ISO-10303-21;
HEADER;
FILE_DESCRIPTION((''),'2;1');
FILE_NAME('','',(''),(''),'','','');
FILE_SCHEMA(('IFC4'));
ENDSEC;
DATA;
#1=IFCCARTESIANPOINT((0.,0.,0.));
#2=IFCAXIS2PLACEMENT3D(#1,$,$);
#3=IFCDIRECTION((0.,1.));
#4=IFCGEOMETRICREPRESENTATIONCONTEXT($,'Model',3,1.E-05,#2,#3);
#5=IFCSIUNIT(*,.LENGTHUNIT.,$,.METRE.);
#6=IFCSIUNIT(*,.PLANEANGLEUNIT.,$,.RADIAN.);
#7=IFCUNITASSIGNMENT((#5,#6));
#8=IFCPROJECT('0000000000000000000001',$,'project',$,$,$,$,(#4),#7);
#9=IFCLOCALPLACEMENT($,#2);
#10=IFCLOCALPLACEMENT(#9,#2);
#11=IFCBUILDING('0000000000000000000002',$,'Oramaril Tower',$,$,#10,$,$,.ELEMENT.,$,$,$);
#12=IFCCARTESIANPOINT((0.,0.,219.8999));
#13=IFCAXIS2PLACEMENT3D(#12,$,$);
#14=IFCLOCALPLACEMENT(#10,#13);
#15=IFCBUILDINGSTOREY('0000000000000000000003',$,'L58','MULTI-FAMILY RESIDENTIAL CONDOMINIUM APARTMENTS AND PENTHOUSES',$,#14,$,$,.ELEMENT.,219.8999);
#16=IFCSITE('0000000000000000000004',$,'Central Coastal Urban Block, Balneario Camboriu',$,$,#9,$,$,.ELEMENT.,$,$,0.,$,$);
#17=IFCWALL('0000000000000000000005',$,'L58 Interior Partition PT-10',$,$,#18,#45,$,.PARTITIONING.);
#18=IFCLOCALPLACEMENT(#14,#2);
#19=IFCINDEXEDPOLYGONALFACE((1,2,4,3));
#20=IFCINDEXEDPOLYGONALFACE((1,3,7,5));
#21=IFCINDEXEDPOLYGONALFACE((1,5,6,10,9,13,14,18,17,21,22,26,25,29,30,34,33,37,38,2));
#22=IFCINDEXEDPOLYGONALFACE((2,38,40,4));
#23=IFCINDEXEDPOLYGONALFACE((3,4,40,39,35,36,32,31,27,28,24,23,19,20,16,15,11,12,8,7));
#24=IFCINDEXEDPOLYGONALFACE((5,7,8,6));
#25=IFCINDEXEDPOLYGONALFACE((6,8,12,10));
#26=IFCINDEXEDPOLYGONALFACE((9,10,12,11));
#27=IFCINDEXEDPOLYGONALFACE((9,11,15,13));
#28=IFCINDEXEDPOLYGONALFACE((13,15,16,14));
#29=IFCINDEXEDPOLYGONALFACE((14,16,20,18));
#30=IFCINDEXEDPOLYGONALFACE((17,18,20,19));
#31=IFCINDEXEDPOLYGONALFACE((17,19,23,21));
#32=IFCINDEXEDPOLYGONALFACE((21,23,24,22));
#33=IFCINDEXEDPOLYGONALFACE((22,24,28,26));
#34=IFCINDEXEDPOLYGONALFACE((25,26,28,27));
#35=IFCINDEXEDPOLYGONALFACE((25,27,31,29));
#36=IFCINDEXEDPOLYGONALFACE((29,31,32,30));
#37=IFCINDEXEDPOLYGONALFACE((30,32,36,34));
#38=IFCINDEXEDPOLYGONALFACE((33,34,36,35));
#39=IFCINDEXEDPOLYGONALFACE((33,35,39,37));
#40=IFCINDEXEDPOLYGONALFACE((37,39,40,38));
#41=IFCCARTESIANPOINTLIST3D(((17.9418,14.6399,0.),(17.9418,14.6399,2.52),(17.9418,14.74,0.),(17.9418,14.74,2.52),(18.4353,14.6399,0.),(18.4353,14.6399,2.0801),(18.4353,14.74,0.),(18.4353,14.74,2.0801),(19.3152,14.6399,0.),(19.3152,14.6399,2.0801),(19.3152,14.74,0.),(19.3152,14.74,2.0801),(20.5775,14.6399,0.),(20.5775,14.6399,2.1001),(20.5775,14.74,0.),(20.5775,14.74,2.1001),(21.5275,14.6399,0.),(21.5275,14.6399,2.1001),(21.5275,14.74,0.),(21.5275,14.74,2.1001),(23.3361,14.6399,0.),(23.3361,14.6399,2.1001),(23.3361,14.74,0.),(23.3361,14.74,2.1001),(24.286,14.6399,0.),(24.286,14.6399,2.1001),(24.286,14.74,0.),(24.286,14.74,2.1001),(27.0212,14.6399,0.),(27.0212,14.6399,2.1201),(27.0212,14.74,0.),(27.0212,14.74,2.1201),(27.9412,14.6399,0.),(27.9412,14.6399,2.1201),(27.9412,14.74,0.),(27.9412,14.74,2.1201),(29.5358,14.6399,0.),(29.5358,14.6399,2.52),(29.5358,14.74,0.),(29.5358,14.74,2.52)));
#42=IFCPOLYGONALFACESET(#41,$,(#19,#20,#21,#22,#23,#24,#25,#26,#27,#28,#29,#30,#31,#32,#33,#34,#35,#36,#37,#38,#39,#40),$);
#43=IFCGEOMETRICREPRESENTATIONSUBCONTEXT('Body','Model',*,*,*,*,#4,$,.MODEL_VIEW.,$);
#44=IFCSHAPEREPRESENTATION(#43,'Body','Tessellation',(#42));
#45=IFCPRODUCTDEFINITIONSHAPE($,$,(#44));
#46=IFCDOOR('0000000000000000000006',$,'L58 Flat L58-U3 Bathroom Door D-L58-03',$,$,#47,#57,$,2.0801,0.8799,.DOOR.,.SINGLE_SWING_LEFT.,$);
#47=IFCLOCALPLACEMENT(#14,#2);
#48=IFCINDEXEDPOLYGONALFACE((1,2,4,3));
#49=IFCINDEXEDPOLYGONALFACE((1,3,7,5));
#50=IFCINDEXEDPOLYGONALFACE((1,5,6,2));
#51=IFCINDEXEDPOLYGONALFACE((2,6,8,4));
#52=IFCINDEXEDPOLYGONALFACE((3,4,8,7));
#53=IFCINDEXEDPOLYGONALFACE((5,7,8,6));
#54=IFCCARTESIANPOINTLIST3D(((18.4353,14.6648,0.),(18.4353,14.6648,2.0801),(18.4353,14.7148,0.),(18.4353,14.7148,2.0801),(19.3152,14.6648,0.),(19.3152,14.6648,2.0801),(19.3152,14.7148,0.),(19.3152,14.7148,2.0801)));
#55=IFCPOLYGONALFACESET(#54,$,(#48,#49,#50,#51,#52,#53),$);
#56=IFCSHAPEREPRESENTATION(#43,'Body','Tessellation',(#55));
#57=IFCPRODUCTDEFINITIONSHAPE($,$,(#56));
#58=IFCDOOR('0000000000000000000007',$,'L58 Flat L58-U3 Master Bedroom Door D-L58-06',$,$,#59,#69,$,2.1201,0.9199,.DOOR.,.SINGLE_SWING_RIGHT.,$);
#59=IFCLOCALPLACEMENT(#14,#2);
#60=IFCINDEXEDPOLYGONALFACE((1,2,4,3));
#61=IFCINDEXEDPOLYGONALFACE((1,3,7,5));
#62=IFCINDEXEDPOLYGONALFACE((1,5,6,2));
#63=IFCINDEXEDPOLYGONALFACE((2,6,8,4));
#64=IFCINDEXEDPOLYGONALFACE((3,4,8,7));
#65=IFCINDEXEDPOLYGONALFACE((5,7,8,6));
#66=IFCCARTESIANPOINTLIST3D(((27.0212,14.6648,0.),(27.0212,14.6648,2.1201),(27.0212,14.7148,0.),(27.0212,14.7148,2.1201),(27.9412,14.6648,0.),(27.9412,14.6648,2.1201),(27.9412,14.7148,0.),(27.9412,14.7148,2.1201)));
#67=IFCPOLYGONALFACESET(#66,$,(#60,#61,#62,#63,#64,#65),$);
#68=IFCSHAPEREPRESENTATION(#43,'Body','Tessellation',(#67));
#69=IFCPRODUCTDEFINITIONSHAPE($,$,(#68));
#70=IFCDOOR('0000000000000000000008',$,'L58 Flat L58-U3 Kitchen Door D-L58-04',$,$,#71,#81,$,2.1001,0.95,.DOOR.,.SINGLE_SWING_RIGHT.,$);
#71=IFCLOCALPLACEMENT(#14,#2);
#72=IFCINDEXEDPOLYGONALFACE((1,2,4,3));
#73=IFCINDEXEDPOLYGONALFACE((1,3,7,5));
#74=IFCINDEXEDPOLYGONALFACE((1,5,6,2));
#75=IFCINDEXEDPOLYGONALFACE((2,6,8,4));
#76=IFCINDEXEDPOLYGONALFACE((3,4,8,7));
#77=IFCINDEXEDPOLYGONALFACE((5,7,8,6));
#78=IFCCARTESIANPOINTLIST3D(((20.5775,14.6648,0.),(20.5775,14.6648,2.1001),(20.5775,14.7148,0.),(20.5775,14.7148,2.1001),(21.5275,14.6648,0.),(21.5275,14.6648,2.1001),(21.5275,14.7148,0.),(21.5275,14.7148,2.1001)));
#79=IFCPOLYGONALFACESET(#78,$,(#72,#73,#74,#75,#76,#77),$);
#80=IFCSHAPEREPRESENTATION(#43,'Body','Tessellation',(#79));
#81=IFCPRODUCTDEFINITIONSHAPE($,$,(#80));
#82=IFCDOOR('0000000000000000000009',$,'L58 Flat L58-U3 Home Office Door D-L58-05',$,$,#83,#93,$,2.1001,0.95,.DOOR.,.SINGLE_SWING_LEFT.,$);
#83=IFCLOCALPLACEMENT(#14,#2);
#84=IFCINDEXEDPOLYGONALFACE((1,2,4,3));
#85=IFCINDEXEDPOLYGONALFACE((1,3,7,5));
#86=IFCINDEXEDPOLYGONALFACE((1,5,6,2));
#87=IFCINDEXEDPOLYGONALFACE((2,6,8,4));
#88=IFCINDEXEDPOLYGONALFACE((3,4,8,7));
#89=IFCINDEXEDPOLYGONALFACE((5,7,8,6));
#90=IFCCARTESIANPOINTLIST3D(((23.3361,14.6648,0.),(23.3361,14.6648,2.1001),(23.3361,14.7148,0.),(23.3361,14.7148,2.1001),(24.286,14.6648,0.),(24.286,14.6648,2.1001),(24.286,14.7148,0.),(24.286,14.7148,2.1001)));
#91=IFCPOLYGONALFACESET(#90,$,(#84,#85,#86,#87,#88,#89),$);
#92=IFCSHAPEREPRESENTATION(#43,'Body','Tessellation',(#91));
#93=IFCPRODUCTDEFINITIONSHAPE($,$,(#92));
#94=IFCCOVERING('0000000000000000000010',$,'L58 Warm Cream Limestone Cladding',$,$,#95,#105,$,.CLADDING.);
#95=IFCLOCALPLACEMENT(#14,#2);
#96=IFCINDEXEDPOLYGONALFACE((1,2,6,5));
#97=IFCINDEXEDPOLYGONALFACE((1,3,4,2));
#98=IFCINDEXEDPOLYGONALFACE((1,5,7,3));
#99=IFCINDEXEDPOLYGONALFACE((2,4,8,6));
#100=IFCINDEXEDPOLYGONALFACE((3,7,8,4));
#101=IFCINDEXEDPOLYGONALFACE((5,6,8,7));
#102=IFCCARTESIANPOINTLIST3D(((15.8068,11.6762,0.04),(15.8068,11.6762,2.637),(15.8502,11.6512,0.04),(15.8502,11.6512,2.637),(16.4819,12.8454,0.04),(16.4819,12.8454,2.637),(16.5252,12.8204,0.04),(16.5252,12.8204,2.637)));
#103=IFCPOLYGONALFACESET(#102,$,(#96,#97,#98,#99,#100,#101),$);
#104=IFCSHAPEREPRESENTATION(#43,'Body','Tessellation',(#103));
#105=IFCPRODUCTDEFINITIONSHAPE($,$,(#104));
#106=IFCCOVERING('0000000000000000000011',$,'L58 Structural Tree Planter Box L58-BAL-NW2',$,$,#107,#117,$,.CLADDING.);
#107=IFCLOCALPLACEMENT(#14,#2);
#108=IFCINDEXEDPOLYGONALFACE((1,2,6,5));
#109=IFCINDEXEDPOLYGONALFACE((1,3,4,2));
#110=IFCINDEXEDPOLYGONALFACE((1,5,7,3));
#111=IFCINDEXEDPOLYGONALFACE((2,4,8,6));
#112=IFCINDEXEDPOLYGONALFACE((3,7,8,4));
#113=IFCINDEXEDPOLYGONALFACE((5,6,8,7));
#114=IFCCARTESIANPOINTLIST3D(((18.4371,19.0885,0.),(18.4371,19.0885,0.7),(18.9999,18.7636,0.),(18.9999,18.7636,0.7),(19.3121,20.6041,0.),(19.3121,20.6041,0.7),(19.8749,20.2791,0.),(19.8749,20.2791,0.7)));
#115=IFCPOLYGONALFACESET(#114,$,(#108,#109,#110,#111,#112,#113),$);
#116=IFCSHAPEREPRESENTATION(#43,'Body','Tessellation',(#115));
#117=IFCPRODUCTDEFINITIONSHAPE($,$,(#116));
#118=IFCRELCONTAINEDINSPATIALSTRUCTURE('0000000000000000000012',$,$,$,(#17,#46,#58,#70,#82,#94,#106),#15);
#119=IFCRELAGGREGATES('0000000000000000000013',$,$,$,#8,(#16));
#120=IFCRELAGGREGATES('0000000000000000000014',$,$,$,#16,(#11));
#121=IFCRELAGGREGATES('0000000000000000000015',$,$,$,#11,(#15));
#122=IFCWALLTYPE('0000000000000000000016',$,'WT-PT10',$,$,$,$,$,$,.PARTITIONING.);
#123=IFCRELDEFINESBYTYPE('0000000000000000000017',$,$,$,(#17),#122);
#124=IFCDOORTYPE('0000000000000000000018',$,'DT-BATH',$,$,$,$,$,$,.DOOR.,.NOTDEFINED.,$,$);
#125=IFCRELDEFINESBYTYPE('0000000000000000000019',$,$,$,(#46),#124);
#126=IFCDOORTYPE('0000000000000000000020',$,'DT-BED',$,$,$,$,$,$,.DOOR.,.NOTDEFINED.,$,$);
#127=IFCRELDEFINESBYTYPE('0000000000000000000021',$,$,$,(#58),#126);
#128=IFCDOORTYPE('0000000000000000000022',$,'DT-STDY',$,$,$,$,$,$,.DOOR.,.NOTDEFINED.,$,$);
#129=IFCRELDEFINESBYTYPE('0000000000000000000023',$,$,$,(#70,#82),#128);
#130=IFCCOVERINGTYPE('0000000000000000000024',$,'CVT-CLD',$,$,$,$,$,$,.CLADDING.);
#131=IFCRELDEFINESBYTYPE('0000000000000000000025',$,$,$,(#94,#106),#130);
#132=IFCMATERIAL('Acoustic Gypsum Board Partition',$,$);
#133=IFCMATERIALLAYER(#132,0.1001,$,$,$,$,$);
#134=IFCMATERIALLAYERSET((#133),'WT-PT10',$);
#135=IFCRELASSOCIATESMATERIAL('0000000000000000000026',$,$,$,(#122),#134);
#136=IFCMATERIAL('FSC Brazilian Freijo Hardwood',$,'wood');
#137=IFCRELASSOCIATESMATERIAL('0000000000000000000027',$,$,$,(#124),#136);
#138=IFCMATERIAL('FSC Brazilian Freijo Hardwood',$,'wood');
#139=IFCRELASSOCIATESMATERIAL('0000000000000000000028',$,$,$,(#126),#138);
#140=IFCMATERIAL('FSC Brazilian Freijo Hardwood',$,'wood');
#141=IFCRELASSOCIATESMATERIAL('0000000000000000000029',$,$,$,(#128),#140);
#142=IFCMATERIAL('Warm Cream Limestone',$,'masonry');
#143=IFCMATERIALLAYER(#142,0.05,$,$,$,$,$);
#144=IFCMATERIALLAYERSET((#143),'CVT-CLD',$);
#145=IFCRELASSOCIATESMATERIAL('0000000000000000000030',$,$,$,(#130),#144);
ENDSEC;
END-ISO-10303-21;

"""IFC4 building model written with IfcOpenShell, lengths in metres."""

from ifc_helpers import new_model, si_unit, direction, frame, frame_2d, origin, origin_2d, place, context, subcontext, project, spatial, rectangle, extrude, material, layer, layer_set, type_object, element, fill, save


model = new_model("IFC4")

# Units and contexts
model_context = context("Model", 3, precision=1e-05, world=origin(), true_north=direction((0.0, 1.0)))
body_context = subcontext(model_context, "Body", "Model", "MODEL_VIEW")
ifc_project = project(units=[si_unit("LENGTHUNIT", "METRE"), si_unit("PLANEANGLEUNIT", "RADIAN")], contexts=[model_context])

# Site, building, storey
site_placement = place(None, origin())
site = spatial("IfcSite", under=ifc_project, at=site_placement, Name="Central Coastal Urban Block, Balneario Camboriu", CompositionType="ELEMENT", RefElevation=0.0)
building_placement = place(site_placement, origin())
building = spatial("IfcBuilding", under=site, at=building_placement, Name="Oramaril Tower", CompositionType="ELEMENT")
storey_placement = place(building_placement, frame((0.0, 0.0, 219.8999)))
storey = spatial("IfcBuildingStorey", under=building, at=storey_placement, Name="L58", Description="MULTI-FAMILY RESIDENTIAL CONDOMINIUM APARTMENTS AND PENTHOUSES", CompositionType="ELEMENT", Elevation=219.8999)

# Wall, openings, doors
ifc_material_1 = material(Name="Acoustic Gypsum Board Partition")
ifc_layer_1 = layer(ifc_material_1, 0.1001)
ifc_layer_set_1 = layer_set([ifc_layer_1], Name="WT-PT10")
wall_type_1 = type_object("IfcWallType", Name="WT-PT10", PredefinedType="PARTITIONING", material=ifc_layer_set_1)
wall_1_placement = place(storey_placement, frame((17.9419, 14.6899, 0.0), z_axis=(0.0, 0.0, 1.0), x_axis=(1.0, 0.0, 0.0)))
wall_1 = element("IfcWall", 1, at=wall_1_placement, inside=storey, type_object=wall_type_1, Name="L58 Interior Partition PT-10", PredefinedType="PARTITIONING", context=body_context, shape_type="SweptSolid", body=[
    extrude(rectangle(XDim=11.594, YDim=0.1001, at=frame_2d((5.7969, 0.0))), origin(), (0.0, 0.0, 1.0), 2.52),
])
opening_1_placement = place(wall_1_placement, frame((0.4934, 0.0, 0.0)))
opening_1 = element("IfcOpeningElement", 2, at=opening_1_placement, cuts=wall_1, PredefinedType="OPENING", context=body_context, shape_type="SweptSolid", body=[
    extrude(rectangle(XDim=0.8799, YDim=2.0801, at=frame_2d((0.4399, 1.04))), frame((0.0, 0.05, 0.0), z_axis=(0.0, -1.0, 0.0), x_axis=(1.0, 0.0, 0.0)), (0.0, 0.0, 1.0), 0.1001),
])
opening_2_placement = place(wall_1_placement, frame((2.6355, 0.0, 0.0)))
opening_2 = element("IfcOpeningElement", 3, at=opening_2_placement, cuts=wall_1, PredefinedType="OPENING", context=body_context, shape_type="SweptSolid", body=[
    extrude(rectangle(XDim=0.95, YDim=2.1001, at=frame_2d((0.4751, 1.05))), frame((0.0, 0.05, 0.0), z_axis=(0.0, -1.0, 0.0), x_axis=(1.0, 0.0, 0.0)), (0.0, 0.0, 1.0), 0.1001),
])
opening_3_placement = place(wall_1_placement, frame((5.394, 0.0, 0.0)))
opening_3 = element("IfcOpeningElement", 4, at=opening_3_placement, cuts=wall_1, PredefinedType="OPENING", context=body_context, shape_type="SweptSolid", body=[
    extrude(rectangle(XDim=0.95, YDim=2.1001, at=frame_2d((0.4751, 1.05))), frame((0.0, 0.05, 0.0), z_axis=(0.0, -1.0, 0.0), x_axis=(1.0, 0.0, 0.0)), (0.0, 0.0, 1.0), 0.1001),
])
opening_4_placement = place(wall_1_placement, frame((9.0793, 0.0, 0.0)))
opening_4 = element("IfcOpeningElement", 5, at=opening_4_placement, cuts=wall_1, PredefinedType="OPENING", context=body_context, shape_type="SweptSolid", body=[
    extrude(rectangle(XDim=0.9199, YDim=2.1201, at=frame_2d((0.46, 1.0601))), frame((0.0, 0.05, 0.0), z_axis=(0.0, -1.0, 0.0), x_axis=(1.0, 0.0, 0.0)), (0.0, 0.0, 1.0), 0.1001),
])
ifc_material_2 = material(Name="FSC Brazilian Freijo Hardwood", Category="wood")
door_type_1 = type_object("IfcDoorType", Name="DT-BATH", OperationType="NOTDEFINED", PredefinedType="DOOR", material=ifc_material_2)
door_1_placement = place(opening_1_placement, origin())
door_1 = element("IfcDoor", 6, at=door_1_placement, inside=storey, type_object=door_type_1, Name="L58 Flat L58-U3 Bathroom Door D-L58-03", OperationType="SINGLE_SWING_LEFT", OverallHeight=2.0801, OverallWidth=0.8799, PredefinedType="DOOR", context=body_context, shape_type="SweptSolid", body=[
    extrude(rectangle(XDim=0.8799, YDim=2.0801, at=frame_2d((0.4399, 1.04))), frame((0.0, 0.0249, 0.0), z_axis=(0.0, -1.0, 0.0), x_axis=(1.0, 0.0, 0.0)), (0.0, 0.0, 1.0), 0.05),
])
fill(opening_1, door_1)
ifc_material_3 = material(Name="FSC Brazilian Freijo Hardwood", Category="wood")
door_type_2 = type_object("IfcDoorType", Name="DT-BED", OperationType="NOTDEFINED", PredefinedType="DOOR", material=ifc_material_3)
door_2_placement = place(opening_4_placement, origin())
door_2 = element("IfcDoor", 7, at=door_2_placement, inside=storey, type_object=door_type_2, Name="L58 Flat L58-U3 Master Bedroom Door D-L58-06", OperationType="SINGLE_SWING_RIGHT", OverallHeight=2.1201, OverallWidth=0.9199, PredefinedType="DOOR", context=body_context, shape_type="SweptSolid", body=[
    extrude(rectangle(XDim=0.9199, YDim=2.1201, at=frame_2d((0.46, 1.0601))), frame((0.0, 0.0249, 0.0), z_axis=(0.0, -1.0, 0.0), x_axis=(1.0, 0.0, 0.0)), (0.0, 0.0, 1.0), 0.05),
])
fill(opening_4, door_2)
ifc_material_4 = material(Name="FSC Brazilian Freijo Hardwood", Category="wood")
door_type_3 = type_object("IfcDoorType", Name="DT-STDY", OperationType="NOTDEFINED", PredefinedType="DOOR", material=ifc_material_4)
door_3_placement = place(opening_2_placement, origin())
door_3 = element("IfcDoor", 8, at=door_3_placement, inside=storey, type_object=door_type_3, Name="L58 Flat L58-U3 Kitchen Door D-L58-04", OperationType="SINGLE_SWING_RIGHT", OverallHeight=2.1001, OverallWidth=0.95, PredefinedType="DOOR", context=body_context, shape_type="SweptSolid", body=[
    extrude(rectangle(XDim=0.95, YDim=2.1001, at=frame_2d((0.4751, 1.05))), frame((0.0, 0.0249, 0.0), z_axis=(0.0, -1.0, 0.0), x_axis=(1.0, 0.0, 0.0)), (0.0, 0.0, 1.0), 0.05),
])
fill(opening_2, door_3)
door_4_placement = place(opening_3_placement, origin())
door_4 = element("IfcDoor", 9, at=door_4_placement, inside=storey, type_object=door_type_3, Name="L58 Flat L58-U3 Home Office Door D-L58-05", OperationType="SINGLE_SWING_LEFT", OverallHeight=2.1001, OverallWidth=0.95, PredefinedType="DOOR", context=body_context, shape_type="SweptSolid", body=[
    extrude(rectangle(XDim=0.95, YDim=2.1001, at=frame_2d((0.4751, 1.05))), frame((0.0, 0.0249, 0.0), z_axis=(0.0, -1.0, 0.0), x_axis=(1.0, 0.0, 0.0)), (0.0, 0.0, 1.0), 0.05),
])
fill(opening_3, door_4)

# Coverings
ifc_material_5 = material(Name="Warm Cream Limestone", Category="masonry")
ifc_layer_2 = layer(ifc_material_5, 0.05)
ifc_layer_set_2 = layer_set([ifc_layer_2], Name="CVT-CLD")
covering_type = type_object("IfcCoveringType", Name="CVT-CLD", PredefinedType="CLADDING", material=ifc_layer_set_2)
covering_1_placement = place(storey_placement, frame((16.166, 12.2483, 0.04), z_axis=(0.0, 0.0, 1.0), x_axis=(-0.499998, -0.866026, 0.0)))
element("IfcCovering", 10, at=covering_1_placement, inside=storey, type_object=covering_type, Name="L58 Warm Cream Limestone Cladding", PredefinedType="CLADDING", context=body_context, shape_type="SweptSolid", body=[
    extrude(rectangle(XDim=1.3501, YDim=0.05, at=origin_2d()), origin(), (0.0, 0.0, 1.0), 2.5969),
])
covering_2_placement = place(storey_placement, frame((19.156, 19.6838, 0.0), z_axis=(0.0, 0.0, 1.0), x_axis=(-0.5, -0.866025, 0.0)))
element("IfcCovering", 11, at=covering_2_placement, inside=storey, type_object=covering_type, Name="L58 Structural Tree Planter Box L58-BAL-NW2", PredefinedType="CLADDING", context=body_context, shape_type="SweptSolid", body=[
    extrude(rectangle(XDim=1.75, YDim=0.6499, at=origin_2d()), origin(), (0.0, 0.0, 1.0), 0.7),
])

save(model, "model.ifc")
